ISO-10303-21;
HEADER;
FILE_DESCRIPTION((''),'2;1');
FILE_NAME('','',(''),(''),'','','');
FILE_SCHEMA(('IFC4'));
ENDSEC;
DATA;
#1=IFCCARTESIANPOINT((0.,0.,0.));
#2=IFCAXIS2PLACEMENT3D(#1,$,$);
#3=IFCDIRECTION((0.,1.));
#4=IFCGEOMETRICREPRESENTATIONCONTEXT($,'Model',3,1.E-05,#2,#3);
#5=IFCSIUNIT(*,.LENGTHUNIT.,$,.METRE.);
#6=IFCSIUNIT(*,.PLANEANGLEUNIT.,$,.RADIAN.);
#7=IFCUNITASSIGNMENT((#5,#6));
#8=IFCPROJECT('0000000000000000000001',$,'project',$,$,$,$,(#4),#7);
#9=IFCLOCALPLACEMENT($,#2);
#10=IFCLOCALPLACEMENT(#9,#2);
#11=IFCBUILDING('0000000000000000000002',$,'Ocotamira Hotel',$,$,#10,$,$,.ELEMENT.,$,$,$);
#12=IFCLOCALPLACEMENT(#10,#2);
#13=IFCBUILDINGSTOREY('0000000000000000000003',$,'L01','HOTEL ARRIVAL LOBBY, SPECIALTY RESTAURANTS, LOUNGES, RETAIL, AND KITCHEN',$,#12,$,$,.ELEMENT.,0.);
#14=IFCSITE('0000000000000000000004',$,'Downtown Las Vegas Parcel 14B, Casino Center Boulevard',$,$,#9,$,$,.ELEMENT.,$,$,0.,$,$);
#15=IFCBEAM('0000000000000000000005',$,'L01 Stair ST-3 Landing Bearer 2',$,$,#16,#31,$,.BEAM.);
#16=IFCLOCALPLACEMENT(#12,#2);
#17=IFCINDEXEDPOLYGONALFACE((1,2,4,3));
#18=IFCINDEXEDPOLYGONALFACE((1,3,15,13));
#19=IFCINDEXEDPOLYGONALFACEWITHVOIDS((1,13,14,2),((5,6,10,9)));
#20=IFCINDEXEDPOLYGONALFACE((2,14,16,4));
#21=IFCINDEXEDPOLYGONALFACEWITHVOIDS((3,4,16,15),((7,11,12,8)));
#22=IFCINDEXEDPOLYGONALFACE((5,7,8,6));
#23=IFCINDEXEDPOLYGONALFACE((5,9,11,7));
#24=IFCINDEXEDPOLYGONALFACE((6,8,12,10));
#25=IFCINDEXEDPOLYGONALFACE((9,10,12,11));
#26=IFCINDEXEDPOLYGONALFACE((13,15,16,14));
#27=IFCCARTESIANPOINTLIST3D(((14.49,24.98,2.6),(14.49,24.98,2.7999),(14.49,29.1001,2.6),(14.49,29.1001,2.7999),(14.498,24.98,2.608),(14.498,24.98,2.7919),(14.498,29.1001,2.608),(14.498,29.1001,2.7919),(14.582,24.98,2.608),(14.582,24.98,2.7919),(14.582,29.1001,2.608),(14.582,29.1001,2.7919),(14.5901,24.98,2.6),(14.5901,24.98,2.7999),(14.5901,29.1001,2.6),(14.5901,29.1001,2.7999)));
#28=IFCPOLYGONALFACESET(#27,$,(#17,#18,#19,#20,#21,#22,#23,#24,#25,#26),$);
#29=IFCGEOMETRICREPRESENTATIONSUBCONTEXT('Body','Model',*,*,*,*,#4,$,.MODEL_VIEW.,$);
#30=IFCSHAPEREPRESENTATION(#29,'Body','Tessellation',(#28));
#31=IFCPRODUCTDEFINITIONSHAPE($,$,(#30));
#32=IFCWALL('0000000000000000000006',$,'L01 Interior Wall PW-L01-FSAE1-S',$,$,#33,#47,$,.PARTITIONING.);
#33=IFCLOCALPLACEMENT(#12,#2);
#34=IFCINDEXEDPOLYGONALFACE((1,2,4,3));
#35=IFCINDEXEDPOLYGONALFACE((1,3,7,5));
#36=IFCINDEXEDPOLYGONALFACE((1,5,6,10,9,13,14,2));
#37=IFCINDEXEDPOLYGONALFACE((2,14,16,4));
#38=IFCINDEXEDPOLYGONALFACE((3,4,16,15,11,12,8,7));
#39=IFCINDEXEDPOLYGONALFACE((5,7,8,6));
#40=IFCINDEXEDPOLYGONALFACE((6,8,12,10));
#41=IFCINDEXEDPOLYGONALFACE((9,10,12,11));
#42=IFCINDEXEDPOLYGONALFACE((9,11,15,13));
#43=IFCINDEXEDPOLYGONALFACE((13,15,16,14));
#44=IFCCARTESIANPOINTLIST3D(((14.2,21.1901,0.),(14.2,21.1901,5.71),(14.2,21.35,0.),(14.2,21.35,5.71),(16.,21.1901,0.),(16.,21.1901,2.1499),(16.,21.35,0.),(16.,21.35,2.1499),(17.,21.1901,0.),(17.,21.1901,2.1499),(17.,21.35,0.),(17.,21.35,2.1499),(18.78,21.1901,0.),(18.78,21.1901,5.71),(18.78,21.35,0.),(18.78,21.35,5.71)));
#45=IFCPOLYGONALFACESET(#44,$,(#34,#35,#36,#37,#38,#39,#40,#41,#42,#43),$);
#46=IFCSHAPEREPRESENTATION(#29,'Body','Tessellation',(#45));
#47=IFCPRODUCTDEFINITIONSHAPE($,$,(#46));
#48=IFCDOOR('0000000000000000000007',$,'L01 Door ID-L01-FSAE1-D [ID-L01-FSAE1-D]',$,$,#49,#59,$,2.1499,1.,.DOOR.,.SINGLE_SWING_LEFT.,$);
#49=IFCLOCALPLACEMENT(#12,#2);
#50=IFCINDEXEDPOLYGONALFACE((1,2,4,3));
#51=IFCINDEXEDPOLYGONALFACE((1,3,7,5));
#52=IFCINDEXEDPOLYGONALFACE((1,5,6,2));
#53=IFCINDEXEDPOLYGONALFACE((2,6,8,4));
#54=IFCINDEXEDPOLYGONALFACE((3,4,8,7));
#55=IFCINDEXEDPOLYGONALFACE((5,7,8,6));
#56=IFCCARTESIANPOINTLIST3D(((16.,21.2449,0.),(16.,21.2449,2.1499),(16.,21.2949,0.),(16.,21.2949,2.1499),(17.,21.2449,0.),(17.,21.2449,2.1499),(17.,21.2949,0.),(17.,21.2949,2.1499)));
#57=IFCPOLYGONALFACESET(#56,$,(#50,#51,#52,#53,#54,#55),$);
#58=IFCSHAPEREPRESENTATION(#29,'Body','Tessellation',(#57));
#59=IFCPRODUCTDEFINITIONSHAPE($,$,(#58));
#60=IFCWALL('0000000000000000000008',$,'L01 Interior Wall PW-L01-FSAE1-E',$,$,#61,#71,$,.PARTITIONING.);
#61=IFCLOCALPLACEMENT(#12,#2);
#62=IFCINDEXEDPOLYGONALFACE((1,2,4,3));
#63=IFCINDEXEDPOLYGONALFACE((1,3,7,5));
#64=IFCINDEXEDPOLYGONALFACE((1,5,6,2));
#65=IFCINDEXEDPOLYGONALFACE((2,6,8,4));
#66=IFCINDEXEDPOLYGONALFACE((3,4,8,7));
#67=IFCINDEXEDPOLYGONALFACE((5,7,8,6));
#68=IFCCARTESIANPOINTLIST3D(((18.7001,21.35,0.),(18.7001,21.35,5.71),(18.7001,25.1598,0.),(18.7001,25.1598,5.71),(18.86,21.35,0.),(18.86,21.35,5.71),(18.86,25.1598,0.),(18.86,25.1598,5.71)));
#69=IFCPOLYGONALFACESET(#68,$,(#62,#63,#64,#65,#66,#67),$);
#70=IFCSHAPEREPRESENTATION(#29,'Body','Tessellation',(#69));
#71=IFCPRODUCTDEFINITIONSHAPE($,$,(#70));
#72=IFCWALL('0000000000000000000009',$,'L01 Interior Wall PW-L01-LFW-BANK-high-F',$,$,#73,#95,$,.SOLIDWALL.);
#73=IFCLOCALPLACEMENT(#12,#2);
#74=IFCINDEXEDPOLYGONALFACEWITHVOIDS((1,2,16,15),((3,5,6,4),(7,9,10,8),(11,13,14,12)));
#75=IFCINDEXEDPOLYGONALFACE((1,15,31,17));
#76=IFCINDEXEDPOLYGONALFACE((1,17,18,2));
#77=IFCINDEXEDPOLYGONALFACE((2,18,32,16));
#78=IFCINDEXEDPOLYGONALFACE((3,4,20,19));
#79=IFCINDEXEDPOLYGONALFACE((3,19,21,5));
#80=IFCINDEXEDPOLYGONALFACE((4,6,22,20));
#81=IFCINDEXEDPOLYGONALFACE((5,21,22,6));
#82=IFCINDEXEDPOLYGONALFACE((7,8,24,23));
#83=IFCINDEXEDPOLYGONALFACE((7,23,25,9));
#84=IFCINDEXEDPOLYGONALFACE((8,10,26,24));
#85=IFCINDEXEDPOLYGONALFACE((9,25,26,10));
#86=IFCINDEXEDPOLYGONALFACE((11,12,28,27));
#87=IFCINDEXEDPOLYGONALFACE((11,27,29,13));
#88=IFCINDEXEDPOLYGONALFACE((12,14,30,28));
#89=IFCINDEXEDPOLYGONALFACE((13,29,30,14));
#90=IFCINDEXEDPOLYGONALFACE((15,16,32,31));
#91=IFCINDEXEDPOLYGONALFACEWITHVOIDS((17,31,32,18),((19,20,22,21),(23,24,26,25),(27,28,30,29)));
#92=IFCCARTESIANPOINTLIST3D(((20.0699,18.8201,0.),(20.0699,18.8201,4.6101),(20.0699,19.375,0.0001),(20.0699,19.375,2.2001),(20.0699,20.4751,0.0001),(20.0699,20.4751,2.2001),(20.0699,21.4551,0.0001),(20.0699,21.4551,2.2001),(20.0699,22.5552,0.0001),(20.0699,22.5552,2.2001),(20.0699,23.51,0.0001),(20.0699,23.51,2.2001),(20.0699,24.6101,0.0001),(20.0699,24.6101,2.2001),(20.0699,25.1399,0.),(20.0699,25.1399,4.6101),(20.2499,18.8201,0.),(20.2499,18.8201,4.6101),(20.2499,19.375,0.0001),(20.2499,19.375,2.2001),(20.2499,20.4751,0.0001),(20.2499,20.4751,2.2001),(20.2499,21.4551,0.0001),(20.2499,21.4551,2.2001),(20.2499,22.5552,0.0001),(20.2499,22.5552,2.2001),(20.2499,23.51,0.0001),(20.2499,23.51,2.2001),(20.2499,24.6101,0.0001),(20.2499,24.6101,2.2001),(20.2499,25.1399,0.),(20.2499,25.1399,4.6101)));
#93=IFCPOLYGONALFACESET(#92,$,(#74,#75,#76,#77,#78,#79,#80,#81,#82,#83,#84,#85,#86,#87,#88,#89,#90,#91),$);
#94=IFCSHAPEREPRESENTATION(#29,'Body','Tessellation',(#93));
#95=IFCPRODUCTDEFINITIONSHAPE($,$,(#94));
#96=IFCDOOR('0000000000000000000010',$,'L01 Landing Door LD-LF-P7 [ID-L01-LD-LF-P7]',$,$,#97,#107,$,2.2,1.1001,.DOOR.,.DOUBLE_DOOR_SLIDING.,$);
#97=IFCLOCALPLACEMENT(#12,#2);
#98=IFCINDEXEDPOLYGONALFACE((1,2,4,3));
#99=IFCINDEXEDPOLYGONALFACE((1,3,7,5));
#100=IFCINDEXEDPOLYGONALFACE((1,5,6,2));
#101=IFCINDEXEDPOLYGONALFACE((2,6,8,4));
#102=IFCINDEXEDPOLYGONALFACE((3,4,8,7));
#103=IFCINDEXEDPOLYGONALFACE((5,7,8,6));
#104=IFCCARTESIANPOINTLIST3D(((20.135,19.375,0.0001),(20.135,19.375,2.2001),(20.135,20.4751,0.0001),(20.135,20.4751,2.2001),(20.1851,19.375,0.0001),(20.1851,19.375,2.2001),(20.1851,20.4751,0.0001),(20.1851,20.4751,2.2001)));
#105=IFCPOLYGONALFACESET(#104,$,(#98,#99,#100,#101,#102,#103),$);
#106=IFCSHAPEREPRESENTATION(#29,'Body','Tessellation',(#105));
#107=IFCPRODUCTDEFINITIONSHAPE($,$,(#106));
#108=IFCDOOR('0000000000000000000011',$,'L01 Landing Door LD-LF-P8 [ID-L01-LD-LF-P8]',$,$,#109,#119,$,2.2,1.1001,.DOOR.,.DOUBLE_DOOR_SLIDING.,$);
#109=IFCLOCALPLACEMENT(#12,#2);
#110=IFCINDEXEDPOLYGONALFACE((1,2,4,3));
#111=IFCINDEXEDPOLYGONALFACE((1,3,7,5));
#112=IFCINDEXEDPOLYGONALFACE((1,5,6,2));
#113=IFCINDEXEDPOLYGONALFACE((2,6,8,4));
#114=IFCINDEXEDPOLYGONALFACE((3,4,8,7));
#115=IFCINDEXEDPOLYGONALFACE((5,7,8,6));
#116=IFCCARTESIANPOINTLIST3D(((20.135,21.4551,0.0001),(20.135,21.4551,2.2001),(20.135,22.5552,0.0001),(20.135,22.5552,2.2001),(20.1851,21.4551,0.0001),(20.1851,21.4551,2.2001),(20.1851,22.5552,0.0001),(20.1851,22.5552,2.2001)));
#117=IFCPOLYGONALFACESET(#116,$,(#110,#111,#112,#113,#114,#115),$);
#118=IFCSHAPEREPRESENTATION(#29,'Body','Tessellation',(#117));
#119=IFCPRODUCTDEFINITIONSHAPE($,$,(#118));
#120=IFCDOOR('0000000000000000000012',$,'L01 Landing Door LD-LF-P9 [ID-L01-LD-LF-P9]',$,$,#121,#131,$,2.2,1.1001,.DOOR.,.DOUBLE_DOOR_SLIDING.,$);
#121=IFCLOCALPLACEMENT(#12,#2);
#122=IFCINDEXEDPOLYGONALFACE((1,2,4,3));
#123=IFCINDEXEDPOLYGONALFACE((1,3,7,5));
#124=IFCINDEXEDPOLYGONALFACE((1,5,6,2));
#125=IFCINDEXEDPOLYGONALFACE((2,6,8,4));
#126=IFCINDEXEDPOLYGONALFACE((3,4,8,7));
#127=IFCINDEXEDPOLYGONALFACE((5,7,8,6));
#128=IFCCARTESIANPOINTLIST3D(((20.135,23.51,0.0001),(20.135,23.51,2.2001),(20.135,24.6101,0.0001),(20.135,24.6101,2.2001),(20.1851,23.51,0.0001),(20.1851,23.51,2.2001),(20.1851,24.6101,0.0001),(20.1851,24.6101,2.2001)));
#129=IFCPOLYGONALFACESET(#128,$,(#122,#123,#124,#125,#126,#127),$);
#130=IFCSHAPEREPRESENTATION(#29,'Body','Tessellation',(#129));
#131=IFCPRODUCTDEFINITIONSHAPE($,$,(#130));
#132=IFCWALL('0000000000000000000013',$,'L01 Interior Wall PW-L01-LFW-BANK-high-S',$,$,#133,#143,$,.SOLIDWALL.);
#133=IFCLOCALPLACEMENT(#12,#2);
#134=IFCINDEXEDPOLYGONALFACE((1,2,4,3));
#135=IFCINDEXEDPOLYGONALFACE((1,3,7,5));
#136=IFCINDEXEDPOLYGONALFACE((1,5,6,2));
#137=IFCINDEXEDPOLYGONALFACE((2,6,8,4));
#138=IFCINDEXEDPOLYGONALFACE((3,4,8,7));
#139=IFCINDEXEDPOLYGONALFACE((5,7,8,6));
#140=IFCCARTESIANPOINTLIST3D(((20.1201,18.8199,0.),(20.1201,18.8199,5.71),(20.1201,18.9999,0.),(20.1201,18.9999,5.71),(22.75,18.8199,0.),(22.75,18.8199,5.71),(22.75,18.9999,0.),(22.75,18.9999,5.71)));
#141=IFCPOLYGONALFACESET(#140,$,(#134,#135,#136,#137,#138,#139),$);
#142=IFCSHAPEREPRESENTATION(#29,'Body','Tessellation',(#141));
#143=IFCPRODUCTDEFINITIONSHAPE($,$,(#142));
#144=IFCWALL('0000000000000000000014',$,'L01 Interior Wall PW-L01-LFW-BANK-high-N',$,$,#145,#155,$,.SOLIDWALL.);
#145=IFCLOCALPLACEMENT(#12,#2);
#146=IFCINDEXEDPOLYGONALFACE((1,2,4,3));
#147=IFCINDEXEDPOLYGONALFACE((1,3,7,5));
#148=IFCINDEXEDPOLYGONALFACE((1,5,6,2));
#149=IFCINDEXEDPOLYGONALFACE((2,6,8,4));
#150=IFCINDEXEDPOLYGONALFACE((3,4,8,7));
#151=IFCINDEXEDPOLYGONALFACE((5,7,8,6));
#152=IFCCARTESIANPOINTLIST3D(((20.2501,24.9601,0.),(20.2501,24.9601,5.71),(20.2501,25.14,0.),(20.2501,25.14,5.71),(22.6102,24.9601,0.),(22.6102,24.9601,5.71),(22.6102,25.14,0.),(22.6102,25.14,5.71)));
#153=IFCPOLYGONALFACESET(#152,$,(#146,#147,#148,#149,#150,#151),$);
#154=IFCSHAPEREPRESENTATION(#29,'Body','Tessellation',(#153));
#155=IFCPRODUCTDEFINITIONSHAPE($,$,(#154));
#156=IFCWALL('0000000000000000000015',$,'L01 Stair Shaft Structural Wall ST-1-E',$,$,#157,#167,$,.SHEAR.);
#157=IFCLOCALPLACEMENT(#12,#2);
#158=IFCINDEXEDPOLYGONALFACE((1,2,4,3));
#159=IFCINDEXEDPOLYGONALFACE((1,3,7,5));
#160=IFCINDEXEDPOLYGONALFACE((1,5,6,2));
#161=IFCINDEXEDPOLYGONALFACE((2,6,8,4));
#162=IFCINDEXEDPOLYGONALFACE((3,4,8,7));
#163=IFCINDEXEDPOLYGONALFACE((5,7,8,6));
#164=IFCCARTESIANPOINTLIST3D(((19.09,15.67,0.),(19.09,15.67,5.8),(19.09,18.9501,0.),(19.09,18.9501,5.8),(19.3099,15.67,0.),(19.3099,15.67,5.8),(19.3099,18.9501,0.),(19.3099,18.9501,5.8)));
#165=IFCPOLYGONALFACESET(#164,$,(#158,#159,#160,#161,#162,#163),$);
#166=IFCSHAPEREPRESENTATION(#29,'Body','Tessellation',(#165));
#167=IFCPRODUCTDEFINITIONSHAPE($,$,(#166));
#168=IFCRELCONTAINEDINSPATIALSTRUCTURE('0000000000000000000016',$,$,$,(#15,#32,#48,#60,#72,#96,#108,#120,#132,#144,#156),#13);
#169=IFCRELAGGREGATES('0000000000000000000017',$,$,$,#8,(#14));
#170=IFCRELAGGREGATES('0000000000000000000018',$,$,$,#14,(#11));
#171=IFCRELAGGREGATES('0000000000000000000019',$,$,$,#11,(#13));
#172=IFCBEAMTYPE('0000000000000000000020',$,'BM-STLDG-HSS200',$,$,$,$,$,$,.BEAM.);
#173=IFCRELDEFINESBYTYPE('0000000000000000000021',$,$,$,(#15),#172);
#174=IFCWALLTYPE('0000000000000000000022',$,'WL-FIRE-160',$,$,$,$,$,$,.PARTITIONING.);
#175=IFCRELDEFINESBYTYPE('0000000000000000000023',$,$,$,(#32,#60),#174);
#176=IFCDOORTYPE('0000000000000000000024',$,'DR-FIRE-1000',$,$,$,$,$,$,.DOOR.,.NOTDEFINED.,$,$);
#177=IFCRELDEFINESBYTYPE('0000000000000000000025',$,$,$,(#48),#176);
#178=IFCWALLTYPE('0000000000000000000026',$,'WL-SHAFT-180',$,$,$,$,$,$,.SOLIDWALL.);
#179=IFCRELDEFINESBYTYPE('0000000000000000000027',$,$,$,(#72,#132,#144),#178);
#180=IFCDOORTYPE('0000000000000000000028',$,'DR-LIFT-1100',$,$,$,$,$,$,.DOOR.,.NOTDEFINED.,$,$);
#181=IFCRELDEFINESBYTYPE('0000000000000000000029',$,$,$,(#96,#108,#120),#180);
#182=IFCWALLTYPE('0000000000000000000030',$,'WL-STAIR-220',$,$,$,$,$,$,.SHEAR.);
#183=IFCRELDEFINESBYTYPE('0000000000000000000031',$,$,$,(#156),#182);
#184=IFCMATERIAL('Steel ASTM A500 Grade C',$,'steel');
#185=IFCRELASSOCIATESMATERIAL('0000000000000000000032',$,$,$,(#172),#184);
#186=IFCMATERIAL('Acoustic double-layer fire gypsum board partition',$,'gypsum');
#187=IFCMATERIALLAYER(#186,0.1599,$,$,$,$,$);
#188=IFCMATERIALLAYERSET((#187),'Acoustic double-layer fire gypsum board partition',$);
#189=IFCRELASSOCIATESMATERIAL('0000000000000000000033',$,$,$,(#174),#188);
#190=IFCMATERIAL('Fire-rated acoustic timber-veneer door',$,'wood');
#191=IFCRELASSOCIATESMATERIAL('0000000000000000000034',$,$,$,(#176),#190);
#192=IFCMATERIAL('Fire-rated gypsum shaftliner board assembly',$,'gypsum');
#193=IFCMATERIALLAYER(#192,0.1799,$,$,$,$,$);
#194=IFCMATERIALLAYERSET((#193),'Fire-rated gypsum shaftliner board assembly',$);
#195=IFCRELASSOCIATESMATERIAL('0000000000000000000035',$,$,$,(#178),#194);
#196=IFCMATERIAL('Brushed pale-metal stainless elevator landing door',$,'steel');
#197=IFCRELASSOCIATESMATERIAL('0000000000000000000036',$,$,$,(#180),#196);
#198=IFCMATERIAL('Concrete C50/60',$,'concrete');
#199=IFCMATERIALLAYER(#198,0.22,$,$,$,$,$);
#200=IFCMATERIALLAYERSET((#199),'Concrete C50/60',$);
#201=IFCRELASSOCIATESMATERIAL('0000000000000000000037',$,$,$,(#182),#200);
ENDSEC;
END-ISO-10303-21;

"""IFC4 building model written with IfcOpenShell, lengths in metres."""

from ifc_helpers import new_model, si_unit, direction, frame, frame_2d, origin, origin_2d, place, context, subcontext, project, spatial, rectangle, hollow_rectangle, extrude, source, transform, mapped, material, layer, layer_set, material_profile, profile_set, type_object, element, fill, save


model = new_model("IFC4")

# Units and contexts
model_context = context("Model", 3, precision=1e-05, world=origin(), true_north=direction((0.0, 1.0)))
body_context = subcontext(model_context, "Body", "Model", "MODEL_VIEW")
ifc_project = project(units=[si_unit("LENGTHUNIT", "METRE"), si_unit("PLANEANGLEUNIT", "RADIAN")], contexts=[model_context])

# Site, building, storey
site_placement = place(None, origin())
site = spatial("IfcSite", under=ifc_project, at=site_placement, Name="Downtown Las Vegas Parcel 14B, Casino Center Boulevard", CompositionType="ELEMENT", RefElevation=0.0)
building_placement = place(site_placement, origin())
building = spatial("IfcBuilding", under=site, at=building_placement, Name="Ocotamira Hotel", CompositionType="ELEMENT")
storey_placement = place(building_placement, origin())
storey = spatial("IfcBuildingStorey", under=building, at=storey_placement, Name="L01", Description="HOTEL ARRIVAL LOBBY, SPECIALTY RESTAURANTS, LOUNGES, RETAIL, AND KITCHEN", CompositionType="ELEMENT", Elevation=0.0)

# Beam
ifc_material_1 = material(Name="Steel ASTM A500 Grade C", Category="steel")
ifc_material_profile = material_profile(ifc_material_1, hollow_rectangle(XDim=0.1001, YDim=0.2, WallThickness=0.0081, at=origin_2d()), Name="HSS200X100X8")
ifc_profile_set = profile_set([ifc_material_profile], Name="Steel ASTM A500 Grade C")
beam_type = type_object("IfcBeamType", Name="BM-STLDG-HSS200", PredefinedType="BEAM", material=ifc_profile_set)
shared_shape_1 = source(origin(), body_context, "Body", "SweptSolid", [
    extrude(hollow_rectangle(XDim=0.1001, YDim=0.2, WallThickness=0.0081, at=origin_2d()), origin(), (0.0, 0.0, 1.0), 4.1201),
])
beam_placement = place(storey_placement, frame((14.54, 24.98, 2.7), z_axis=(0.0, 1.0, 0.0), x_axis=(-1.0, 0.0, 0.0)))
element("IfcBeam", 1, at=beam_placement, inside=storey, type_object=beam_type, Name="L01 Stair ST-3 Landing Bearer 2", PredefinedType="BEAM", context=body_context, shape_type="MappedRepresentation", body=[
    mapped(shared_shape_1, transform((0.0, 0.0, 0.0), scale=1.0)),
])

# Wall, opening, door
ifc_material_2 = material(Name="Acoustic double-layer fire gypsum board partition", Category="gypsum")
ifc_layer_1 = layer(ifc_material_2, 0.1599)
ifc_layer_set_1 = layer_set([ifc_layer_1], Name="Acoustic double-layer fire gypsum board partition")
wall_type_1 = type_object("IfcWallType", Name="WL-FIRE-160", PredefinedType="PARTITIONING", material=ifc_layer_set_1)
wall_1_placement = place(storey_placement, frame((14.2, 21.27, 0.0), z_axis=(0.0, 0.0, 1.0), x_axis=(1.0, 0.0, 0.0)))
wall_1 = element("IfcWall", 2, at=wall_1_placement, inside=storey, type_object=wall_type_1, Name="L01 Interior Wall PW-L01-FSAE1-S", PredefinedType="PARTITIONING", context=body_context, shape_type="SweptSolid", body=[
    extrude(rectangle(XDim=4.5801, YDim=0.1599, at=frame_2d((2.29, 0.0))), origin(), (0.0, 0.0, 1.0), 5.71),
])
opening_1_placement = place(wall_1_placement, frame((1.8, 0.0, 0.0)))
opening_1 = element("IfcOpeningElement", 3, at=opening_1_placement, cuts=wall_1, PredefinedType="OPENING", context=body_context, shape_type="SweptSolid", body=[
    extrude(rectangle(XDim=1.0, YDim=2.1499, at=frame_2d((0.5, 1.075))), frame((0.0, 0.0898, 0.0), z_axis=(0.0, -1.0, 0.0), x_axis=(1.0, 0.0, 0.0)), (0.0, 0.0, 1.0), 0.1799),
])
ifc_material_3 = material(Name="Fire-rated acoustic timber-veneer door", Category="wood")
door_type_1 = type_object("IfcDoorType", Name="DR-FIRE-1000", OperationType="NOTDEFINED", PredefinedType="DOOR", material=ifc_material_3)
shared_shape_2 = source(origin(), body_context, "Body", "SweptSolid", [
    extrude(rectangle(XDim=1.0, YDim=2.1499, at=frame_2d((0.5, 1.075))), frame((0.0, 0.0249, 0.0), z_axis=(0.0, -1.0, 0.0), x_axis=(1.0, 0.0, 0.0)), (0.0, 0.0, 1.0), 0.05),
])
door_1_placement = place(opening_1_placement, origin())
door_1 = element("IfcDoor", 4, at=door_1_placement, inside=storey, type_object=door_type_1, Name="L01 Door ID-L01-FSAE1-D [ID-L01-FSAE1-D]", OperationType="SINGLE_SWING_LEFT", OverallHeight=2.1499, OverallWidth=1.0, PredefinedType="DOOR", context=body_context, shape_type="MappedRepresentation", body=[
    mapped(shared_shape_2, transform((0.0, 0.0, 0.0), scale=1.0)),
])
fill(opening_1, door_1)

# Wall
wall_2_placement = place(storey_placement, frame((18.78, 21.3501, 0.0), z_axis=(0.0, 0.0, 1.0), x_axis=(0.0, 1.0, 0.0)))
element("IfcWall", 5, at=wall_2_placement, inside=storey, type_object=wall_type_1, Name="L01 Interior Wall PW-L01-FSAE1-E", PredefinedType="PARTITIONING", context=body_context, shape_type="SweptSolid", body=[
    extrude(rectangle(XDim=3.8098, YDim=0.1599, at=frame_2d((1.9048, 0.0))), origin(), (0.0, 0.0, 1.0), 5.71),
])

# Wall, openings, doors
ifc_material_4 = material(Name="Fire-rated gypsum shaftliner board assembly", Category="gypsum")
ifc_layer_2 = layer(ifc_material_4, 0.1799)
ifc_layer_set_2 = layer_set([ifc_layer_2], Name="Fire-rated gypsum shaftliner board assembly")
wall_type_2 = type_object("IfcWallType", Name="WL-SHAFT-180", PredefinedType="SOLIDWALL", material=ifc_layer_set_2)
wall_3_placement = place(storey_placement, frame((20.1599, 18.8201, 0.0), z_axis=(0.0, 0.0, 1.0), x_axis=(0.0, 1.0, 0.0)))
wall_3 = element("IfcWall", 6, at=wall_3_placement, inside=storey, type_object=wall_type_2, Name="L01 Interior Wall PW-L01-LFW-BANK-high-F", PredefinedType="SOLIDWALL", context=body_context, shape_type="SweptSolid", body=[
    extrude(rectangle(XDim=6.3198, YDim=0.1799, at=frame_2d((3.1599, 0.0))), origin(), (0.0, 0.0, 1.0), 4.6101),
])
opening_2_placement = place(wall_3_placement, frame((0.5549, 0.0, 0.0)))
opening_2 = element("IfcOpeningElement", 7, at=opening_2_placement, cuts=wall_3, PredefinedType="OPENING", context=body_context, shape_type="SweptSolid", body=[
    extrude(rectangle(XDim=1.1001, YDim=2.2, at=frame_2d((0.55, 1.1001))), frame((0.0, 0.1001, 0.0), z_axis=(0.0, -1.0, 0.0), x_axis=(1.0, 0.0, 0.0)), (0.0, 0.0, 1.0), 0.2),
])
opening_3_placement = place(wall_3_placement, frame((2.635, 0.0, 0.0)))
opening_3 = element("IfcOpeningElement", 8, at=opening_3_placement, cuts=wall_3, PredefinedType="OPENING", context=body_context, shape_type="SweptSolid", body=[
    extrude(rectangle(XDim=1.1001, YDim=2.2, at=frame_2d((0.55, 1.1001))), frame((0.0, 0.1001, 0.0), z_axis=(0.0, -1.0, 0.0), x_axis=(1.0, 0.0, 0.0)), (0.0, 0.0, 1.0), 0.2),
])
opening_4_placement = place(wall_3_placement, frame((4.6899, 0.0, 0.0)))
opening_4 = element("IfcOpeningElement", 9, at=opening_4_placement, cuts=wall_3, PredefinedType="OPENING", context=body_context, shape_type="SweptSolid", body=[
    extrude(rectangle(XDim=1.1001, YDim=2.2, at=frame_2d((0.55, 1.1001))), frame((0.0, 0.1001, 0.0), z_axis=(0.0, -1.0, 0.0), x_axis=(1.0, 0.0, 0.0)), (0.0, 0.0, 1.0), 0.2),
])
ifc_material_5 = material(Name="Brushed pale-metal stainless elevator landing door", Category="steel")
door_type_2 = type_object("IfcDoorType", Name="DR-LIFT-1100", OperationType="NOTDEFINED", PredefinedType="DOOR", material=ifc_material_5)
shared_shape_3 = source(origin(), body_context, "Body", "SweptSolid", [
    extrude(rectangle(XDim=1.1001, YDim=2.2, at=frame_2d((0.55, 1.1001))), frame((0.0, 0.0249, 0.0), z_axis=(0.0, -1.0, 0.0), x_axis=(1.0, 0.0, 0.0)), (0.0, 0.0, 1.0), 0.05),
])
door_2_placement = place(opening_2_placement, origin())
door_2 = element("IfcDoor", 10, at=door_2_placement, inside=storey, type_object=door_type_2, Name="L01 Landing Door LD-LF-P7 [ID-L01-LD-LF-P7]", OperationType="DOUBLE_DOOR_SLIDING", OverallHeight=2.2, OverallWidth=1.1001, PredefinedType="DOOR", context=body_context, shape_type="MappedRepresentation", body=[
    mapped(shared_shape_3, transform((0.0, 0.0, 0.0), scale=1.0)),
])
fill(opening_2, door_2)
door_3_placement = place(opening_3_placement, origin())
door_3 = element("IfcDoor", 11, at=door_3_placement, inside=storey, type_object=door_type_2, Name="L01 Landing Door LD-LF-P8 [ID-L01-LD-LF-P8]", OperationType="DOUBLE_DOOR_SLIDING", OverallHeight=2.2, OverallWidth=1.1001, PredefinedType="DOOR", context=body_context, shape_type="MappedRepresentation", body=[
    mapped(shared_shape_3, transform((0.0, 0.0, 0.0), scale=1.0)),
])
fill(opening_3, door_3)
door_4_placement = place(opening_4_placement, origin())
door_4 = element("IfcDoor", 12, at=door_4_placement, inside=storey, type_object=door_type_2, Name="L01 Landing Door LD-LF-P9 [ID-L01-LD-LF-P9]", OperationType="DOUBLE_DOOR_SLIDING", OverallHeight=2.2, OverallWidth=1.1001, PredefinedType="DOOR", context=body_context, shape_type="MappedRepresentation", body=[
    mapped(shared_shape_3, transform((0.0, 0.0, 0.0), scale=1.0)),
])
fill(opening_4, door_4)

# Walls
wall_4_placement = place(storey_placement, frame((20.1201, 18.9099, 0.0), z_axis=(0.0, 0.0, 1.0), x_axis=(1.0, 0.0, 0.0)))
element("IfcWall", 13, at=wall_4_placement, inside=storey, type_object=wall_type_2, Name="L01 Interior Wall PW-L01-LFW-BANK-high-S", PredefinedType="SOLIDWALL", context=body_context, shape_type="SweptSolid", body=[
    extrude(rectangle(XDim=2.6299, YDim=0.1799, at=frame_2d((1.3149, 0.0))), origin(), (0.0, 0.0, 1.0), 5.71),
])
wall_5_placement = place(storey_placement, frame((20.25, 25.05, 0.0), z_axis=(0.0, 0.0, 1.0), x_axis=(1.0, 0.0, 0.0)))
element("IfcWall", 14, at=wall_5_placement, inside=storey, type_object=wall_type_2, Name="L01 Interior Wall PW-L01-LFW-BANK-high-N", PredefinedType="SOLIDWALL", context=body_context, shape_type="SweptSolid", body=[
    extrude(rectangle(XDim=2.3601, YDim=0.1799, at=frame_2d((1.1802, 0.0))), origin(), (0.0, 0.0, 1.0), 5.71),
])

# Wall
ifc_material_6 = material(Name="Concrete C50/60", Category="concrete")
ifc_layer_3 = layer(ifc_material_6, 0.22)
ifc_layer_set_3 = layer_set([ifc_layer_3], Name="Concrete C50/60")
wall_type_3 = type_object("IfcWallType", Name="WL-STAIR-220", PredefinedType="SHEAR", material=ifc_layer_set_3)
for number, where, z_axis, x_axis, name in (
    (15, (19.2, 15.6699, 0.0), (0.0, 0.0, 1.0), (0.0, 1.0, 0.0), "L01 Stair Shaft Structural Wall ST-1-E"),
):
    element("IfcWall", number, at=place(storey_placement, frame(where, z_axis=z_axis, x_axis=x_axis)), inside=storey, type_object=wall_type_3, Name=name, PredefinedType="SHEAR", context=body_context, shape_type="SweptSolid", body=[
        extrude(rectangle(XDim=3.28, YDim=0.22, at=frame_2d((1.6401, 0.0))), origin(), (0.0, 0.0, 1.0), 5.8),
    ])

save(model, "model.ifc")
